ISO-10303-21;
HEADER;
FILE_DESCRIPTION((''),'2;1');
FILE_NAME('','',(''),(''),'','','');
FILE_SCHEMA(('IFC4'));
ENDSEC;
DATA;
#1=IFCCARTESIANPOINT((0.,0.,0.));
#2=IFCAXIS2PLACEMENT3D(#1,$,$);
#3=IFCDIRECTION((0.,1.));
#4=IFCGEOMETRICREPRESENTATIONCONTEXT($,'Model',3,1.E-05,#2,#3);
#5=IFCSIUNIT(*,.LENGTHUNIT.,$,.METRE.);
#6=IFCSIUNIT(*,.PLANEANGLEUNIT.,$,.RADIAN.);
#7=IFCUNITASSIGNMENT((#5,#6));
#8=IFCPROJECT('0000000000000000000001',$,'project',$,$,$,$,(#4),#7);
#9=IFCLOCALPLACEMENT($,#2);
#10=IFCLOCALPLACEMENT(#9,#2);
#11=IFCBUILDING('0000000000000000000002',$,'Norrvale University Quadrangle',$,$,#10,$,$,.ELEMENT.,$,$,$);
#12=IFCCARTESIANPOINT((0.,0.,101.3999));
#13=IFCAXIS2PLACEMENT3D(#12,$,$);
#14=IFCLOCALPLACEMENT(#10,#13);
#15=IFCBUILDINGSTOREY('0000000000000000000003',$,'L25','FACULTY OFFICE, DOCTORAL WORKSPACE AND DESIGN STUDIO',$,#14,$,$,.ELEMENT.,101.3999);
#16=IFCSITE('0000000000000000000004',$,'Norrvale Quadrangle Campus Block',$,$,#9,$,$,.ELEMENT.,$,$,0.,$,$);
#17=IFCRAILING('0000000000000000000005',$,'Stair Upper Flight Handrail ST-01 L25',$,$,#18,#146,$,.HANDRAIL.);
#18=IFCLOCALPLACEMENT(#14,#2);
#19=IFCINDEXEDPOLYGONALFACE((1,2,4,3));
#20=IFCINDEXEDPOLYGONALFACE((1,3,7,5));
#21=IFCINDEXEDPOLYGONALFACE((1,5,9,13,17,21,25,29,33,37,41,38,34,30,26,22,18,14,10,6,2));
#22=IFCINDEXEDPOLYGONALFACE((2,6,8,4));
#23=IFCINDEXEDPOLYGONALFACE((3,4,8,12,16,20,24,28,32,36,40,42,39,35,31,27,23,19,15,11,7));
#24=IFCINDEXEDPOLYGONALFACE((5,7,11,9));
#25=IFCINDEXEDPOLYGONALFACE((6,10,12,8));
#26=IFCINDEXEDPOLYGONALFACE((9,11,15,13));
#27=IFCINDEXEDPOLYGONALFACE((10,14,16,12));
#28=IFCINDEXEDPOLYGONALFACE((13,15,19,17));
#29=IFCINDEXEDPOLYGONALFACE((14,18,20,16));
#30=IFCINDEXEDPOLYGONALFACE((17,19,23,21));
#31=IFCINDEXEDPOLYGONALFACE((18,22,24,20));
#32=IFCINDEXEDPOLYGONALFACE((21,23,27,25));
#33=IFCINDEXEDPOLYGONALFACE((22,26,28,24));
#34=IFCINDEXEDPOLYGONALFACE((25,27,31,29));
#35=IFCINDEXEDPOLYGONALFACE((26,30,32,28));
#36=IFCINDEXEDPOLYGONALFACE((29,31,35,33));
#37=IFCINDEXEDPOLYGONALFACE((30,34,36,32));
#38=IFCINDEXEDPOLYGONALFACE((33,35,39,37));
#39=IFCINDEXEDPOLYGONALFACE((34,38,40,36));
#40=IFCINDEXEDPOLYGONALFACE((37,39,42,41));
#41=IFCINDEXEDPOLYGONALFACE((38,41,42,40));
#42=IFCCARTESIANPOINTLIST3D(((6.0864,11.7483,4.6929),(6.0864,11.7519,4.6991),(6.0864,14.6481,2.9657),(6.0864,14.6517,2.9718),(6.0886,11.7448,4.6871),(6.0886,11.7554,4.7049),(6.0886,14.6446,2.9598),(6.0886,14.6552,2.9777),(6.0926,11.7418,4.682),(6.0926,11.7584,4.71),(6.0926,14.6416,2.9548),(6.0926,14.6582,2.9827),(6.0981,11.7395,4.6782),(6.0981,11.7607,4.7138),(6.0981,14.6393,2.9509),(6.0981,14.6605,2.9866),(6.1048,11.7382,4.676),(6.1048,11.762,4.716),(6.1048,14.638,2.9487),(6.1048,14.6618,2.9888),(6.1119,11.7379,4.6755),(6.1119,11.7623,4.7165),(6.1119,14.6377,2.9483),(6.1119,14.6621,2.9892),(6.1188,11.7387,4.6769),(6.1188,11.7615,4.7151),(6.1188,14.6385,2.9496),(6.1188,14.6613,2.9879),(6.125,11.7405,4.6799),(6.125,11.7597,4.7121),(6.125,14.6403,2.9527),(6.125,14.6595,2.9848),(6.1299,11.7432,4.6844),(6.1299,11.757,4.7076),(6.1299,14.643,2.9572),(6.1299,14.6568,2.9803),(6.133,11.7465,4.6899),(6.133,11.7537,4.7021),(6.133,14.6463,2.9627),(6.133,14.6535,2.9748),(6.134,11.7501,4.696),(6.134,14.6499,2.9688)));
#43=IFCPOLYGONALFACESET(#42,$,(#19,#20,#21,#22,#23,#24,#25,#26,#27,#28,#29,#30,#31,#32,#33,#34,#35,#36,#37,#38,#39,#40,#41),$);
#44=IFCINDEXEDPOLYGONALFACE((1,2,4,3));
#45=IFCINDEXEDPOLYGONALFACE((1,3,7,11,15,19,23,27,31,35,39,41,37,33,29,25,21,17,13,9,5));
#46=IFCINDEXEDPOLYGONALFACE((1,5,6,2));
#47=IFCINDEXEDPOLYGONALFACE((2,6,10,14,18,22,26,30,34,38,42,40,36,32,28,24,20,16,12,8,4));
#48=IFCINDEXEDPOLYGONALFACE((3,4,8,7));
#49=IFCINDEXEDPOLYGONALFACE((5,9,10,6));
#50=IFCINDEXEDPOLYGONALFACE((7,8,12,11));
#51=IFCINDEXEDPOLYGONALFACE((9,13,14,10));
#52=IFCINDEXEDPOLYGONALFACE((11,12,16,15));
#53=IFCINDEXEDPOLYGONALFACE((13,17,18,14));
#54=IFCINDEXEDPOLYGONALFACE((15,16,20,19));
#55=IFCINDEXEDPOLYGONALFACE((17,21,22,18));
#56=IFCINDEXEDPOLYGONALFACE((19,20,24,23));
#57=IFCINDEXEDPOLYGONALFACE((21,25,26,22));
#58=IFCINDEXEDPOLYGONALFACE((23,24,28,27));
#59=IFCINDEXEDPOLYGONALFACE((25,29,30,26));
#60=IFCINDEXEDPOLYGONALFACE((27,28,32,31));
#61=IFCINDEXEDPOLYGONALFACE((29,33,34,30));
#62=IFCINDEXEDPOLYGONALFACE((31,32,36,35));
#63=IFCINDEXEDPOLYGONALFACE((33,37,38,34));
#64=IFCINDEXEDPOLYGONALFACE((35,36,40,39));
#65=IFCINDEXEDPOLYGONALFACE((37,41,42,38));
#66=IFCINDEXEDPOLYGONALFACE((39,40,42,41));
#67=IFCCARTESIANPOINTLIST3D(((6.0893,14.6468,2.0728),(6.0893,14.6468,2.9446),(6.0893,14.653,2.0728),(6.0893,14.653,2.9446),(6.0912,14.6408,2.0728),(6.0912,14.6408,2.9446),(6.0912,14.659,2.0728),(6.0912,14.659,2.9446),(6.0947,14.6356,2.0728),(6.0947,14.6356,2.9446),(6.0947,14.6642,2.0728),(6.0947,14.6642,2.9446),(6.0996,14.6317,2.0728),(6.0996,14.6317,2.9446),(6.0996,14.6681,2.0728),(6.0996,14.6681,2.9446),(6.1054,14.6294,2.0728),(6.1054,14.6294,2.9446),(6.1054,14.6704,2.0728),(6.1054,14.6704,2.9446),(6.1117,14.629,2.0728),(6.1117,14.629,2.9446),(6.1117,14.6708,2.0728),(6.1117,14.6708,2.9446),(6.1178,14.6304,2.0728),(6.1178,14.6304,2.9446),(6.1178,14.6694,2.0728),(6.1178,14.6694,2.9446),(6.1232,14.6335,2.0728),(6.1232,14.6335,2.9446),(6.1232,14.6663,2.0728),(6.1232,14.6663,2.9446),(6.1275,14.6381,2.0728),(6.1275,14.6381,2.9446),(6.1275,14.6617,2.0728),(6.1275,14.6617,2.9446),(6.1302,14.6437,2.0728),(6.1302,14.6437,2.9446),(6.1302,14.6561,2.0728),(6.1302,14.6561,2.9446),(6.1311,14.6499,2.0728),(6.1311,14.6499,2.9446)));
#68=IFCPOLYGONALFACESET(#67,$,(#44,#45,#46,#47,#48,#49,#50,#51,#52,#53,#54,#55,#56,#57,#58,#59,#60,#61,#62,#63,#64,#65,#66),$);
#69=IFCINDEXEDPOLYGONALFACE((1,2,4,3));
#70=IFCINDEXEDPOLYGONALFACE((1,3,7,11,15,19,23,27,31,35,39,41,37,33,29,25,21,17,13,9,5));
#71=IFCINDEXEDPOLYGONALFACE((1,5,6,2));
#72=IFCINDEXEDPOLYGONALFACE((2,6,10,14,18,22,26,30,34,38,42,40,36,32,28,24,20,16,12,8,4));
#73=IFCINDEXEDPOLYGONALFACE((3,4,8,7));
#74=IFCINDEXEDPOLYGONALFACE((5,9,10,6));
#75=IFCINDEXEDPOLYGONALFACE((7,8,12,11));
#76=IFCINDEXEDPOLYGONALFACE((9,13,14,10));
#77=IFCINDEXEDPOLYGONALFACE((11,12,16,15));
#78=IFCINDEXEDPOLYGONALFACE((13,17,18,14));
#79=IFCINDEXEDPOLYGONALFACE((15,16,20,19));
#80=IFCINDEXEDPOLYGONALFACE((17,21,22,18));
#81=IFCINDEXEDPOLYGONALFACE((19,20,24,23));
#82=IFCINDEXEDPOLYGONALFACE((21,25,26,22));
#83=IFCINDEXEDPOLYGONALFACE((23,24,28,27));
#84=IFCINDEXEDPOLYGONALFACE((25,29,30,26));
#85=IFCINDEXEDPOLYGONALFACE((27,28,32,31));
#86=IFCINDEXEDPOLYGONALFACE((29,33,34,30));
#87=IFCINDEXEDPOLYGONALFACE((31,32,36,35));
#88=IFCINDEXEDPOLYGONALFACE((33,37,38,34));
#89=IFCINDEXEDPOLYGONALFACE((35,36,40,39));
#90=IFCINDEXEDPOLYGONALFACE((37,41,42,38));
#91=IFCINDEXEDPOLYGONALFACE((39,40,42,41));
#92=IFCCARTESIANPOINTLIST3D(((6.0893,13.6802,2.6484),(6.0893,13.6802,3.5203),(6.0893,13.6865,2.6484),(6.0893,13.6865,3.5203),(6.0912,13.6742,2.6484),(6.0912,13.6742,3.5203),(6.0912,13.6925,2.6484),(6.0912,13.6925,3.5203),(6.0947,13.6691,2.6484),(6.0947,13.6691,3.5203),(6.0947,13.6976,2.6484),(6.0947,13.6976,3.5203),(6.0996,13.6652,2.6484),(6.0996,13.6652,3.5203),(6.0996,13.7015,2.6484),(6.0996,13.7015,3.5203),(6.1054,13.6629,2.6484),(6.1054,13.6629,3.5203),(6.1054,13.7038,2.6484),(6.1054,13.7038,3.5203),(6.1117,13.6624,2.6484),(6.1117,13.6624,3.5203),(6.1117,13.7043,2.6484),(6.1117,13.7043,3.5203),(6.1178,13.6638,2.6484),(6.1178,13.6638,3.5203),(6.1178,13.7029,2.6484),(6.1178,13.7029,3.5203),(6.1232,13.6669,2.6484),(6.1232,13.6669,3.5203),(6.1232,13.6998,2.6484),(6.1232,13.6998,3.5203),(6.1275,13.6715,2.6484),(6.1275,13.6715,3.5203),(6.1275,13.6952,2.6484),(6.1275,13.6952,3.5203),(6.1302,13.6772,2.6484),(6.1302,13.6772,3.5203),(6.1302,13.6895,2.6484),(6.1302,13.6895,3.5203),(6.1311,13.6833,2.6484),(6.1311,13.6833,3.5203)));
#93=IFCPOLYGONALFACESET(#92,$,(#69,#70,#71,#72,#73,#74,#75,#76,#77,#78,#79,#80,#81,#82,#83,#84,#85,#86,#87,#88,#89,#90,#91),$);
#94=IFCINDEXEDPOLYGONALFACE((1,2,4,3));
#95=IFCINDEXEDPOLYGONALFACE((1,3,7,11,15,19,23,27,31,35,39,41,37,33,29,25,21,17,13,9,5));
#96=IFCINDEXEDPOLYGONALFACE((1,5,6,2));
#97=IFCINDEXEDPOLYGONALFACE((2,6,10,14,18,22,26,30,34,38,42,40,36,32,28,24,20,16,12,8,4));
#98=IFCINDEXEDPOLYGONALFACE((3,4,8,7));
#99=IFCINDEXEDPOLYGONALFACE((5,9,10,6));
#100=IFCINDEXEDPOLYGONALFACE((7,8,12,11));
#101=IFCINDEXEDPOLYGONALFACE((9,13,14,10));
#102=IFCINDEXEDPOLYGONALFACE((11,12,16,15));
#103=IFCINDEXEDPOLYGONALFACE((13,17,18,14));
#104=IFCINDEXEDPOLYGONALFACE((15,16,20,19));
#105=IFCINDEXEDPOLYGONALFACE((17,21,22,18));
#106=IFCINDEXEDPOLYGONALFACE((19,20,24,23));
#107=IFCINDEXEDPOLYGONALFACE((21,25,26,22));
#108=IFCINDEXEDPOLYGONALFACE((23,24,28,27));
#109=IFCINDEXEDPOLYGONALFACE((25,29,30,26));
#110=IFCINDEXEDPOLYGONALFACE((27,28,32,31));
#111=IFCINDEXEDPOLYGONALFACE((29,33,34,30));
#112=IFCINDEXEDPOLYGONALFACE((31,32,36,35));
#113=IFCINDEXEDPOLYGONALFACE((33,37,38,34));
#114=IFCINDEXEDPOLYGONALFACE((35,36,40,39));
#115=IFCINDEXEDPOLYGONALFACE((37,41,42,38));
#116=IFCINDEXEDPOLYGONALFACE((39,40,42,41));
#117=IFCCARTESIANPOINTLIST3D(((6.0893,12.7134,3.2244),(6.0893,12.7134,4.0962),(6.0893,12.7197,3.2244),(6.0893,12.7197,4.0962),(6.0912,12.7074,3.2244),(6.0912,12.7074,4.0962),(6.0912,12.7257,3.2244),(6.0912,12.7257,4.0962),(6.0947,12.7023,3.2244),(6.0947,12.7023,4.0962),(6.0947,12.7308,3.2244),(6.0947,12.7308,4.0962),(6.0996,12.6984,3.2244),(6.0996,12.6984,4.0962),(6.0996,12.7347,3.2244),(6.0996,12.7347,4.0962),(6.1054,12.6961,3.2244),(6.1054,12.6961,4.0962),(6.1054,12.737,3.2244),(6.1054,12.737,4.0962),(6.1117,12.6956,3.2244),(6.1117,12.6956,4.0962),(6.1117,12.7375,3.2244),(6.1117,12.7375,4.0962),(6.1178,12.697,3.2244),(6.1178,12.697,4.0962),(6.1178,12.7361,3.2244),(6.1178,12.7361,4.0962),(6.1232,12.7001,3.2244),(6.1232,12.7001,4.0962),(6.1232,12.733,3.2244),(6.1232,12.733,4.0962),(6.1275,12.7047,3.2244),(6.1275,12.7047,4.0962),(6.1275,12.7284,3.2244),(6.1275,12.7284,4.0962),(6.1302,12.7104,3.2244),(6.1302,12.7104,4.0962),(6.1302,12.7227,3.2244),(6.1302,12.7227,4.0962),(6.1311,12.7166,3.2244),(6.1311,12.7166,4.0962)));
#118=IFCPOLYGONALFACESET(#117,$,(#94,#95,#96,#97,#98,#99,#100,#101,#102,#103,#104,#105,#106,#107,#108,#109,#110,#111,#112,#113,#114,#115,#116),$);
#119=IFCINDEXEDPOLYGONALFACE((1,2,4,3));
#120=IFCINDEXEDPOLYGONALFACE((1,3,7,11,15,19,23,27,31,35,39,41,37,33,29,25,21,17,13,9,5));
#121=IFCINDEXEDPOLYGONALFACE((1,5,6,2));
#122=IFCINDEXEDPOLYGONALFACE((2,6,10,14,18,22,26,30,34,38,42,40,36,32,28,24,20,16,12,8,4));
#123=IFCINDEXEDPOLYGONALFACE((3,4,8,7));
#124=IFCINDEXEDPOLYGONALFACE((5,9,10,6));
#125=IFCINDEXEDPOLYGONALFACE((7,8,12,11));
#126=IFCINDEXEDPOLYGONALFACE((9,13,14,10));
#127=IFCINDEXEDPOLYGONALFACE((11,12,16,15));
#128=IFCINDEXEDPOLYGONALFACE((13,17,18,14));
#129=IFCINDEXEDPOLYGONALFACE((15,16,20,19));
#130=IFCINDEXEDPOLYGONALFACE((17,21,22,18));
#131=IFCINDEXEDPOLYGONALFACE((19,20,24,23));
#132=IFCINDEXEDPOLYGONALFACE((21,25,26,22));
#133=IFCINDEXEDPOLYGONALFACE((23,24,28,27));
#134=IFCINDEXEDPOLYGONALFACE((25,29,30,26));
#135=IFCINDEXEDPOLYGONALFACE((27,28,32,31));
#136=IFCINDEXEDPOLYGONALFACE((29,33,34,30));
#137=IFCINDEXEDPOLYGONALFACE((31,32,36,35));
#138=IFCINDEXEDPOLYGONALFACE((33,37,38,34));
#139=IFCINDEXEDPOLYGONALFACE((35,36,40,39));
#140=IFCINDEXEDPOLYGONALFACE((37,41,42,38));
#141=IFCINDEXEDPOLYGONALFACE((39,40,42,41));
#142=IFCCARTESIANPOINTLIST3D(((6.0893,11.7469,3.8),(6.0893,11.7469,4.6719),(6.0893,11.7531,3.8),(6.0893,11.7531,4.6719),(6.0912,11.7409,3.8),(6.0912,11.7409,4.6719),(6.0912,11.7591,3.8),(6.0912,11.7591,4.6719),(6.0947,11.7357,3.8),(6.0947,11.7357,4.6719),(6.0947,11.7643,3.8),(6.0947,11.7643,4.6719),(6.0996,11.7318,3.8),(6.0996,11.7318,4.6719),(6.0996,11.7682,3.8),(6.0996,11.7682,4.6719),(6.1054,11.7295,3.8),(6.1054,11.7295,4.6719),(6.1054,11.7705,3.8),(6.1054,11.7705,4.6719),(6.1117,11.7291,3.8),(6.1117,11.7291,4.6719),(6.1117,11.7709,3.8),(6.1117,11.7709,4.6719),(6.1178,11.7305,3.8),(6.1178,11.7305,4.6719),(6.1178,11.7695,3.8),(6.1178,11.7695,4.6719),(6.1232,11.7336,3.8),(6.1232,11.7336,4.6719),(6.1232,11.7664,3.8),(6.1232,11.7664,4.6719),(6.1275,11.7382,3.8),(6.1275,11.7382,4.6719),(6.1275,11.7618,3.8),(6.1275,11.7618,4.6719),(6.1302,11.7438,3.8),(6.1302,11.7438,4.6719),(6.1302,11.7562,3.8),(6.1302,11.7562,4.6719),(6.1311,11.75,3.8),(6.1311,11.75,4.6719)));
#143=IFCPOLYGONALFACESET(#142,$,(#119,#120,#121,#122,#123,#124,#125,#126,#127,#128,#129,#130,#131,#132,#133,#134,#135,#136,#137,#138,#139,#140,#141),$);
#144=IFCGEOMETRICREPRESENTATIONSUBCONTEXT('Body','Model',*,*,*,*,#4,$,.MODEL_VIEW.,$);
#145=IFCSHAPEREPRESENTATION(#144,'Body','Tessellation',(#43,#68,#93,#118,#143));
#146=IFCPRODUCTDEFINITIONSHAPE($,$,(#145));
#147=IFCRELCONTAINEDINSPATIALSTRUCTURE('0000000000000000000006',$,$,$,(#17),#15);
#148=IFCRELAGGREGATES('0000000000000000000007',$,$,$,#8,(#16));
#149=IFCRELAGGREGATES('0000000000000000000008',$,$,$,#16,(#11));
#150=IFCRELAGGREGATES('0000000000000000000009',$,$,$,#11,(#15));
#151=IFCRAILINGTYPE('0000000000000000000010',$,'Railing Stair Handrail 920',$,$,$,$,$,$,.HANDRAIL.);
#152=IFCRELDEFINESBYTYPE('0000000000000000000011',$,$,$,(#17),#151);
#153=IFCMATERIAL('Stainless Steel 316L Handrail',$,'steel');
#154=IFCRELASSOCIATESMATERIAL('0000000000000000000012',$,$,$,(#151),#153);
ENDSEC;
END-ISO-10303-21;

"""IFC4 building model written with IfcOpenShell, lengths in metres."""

from ifc_helpers import new_model, si_unit, direction, frame, origin, origin_2d, place, context, subcontext, project, spatial, circle, extrude, material, type_object, element, save


model = new_model("IFC4")

# Units and contexts
model_context = context("Model", 3, precision=1e-05, world=origin(), true_north=direction((0.0, 1.0)))
body_context = subcontext(model_context, "Body", "Model", "MODEL_VIEW")
ifc_project = project(units=[si_unit("LENGTHUNIT", "METRE"), si_unit("PLANEANGLEUNIT", "RADIAN")], contexts=[model_context])

# Site, building, storey
site_placement = place(None, origin())
site = spatial("IfcSite", under=ifc_project, at=site_placement, Name="Norrvale Quadrangle Campus Block", CompositionType="ELEMENT", RefElevation=0.0)
building_placement = place(site_placement, origin())
building = spatial("IfcBuilding", under=site, at=building_placement, Name="Norrvale University Quadrangle", CompositionType="ELEMENT")
storey_placement = place(building_placement, frame((0.0, 0.0, 101.3999)))
storey = spatial("IfcBuildingStorey", under=building, at=storey_placement, Name="L25", Description="FACULTY OFFICE, DOCTORAL WORKSPACE AND DESIGN STUDIO", CompositionType="ELEMENT", Elevation=101.3999)

# Railing
ifc_material_1 = material(Name="Stainless Steel 316L Handrail", Category="steel")
railing_type_1 = type_object("IfcRailingType", Name="Railing Stair Handrail 920", PredefinedType="HANDRAIL", material=ifc_material_1)
railing_1_placement = place(storey_placement, frame((6.1101, 14.6499, 2.0728)))
element("IfcRailing", 1, at=railing_1_placement, inside=storey, type_object=railing_type_1, Name="Stair Upper Flight Handrail ST-01 L25", PredefinedType="HANDRAIL", context=body_context, shape_type="SweptSolid", body=[
    extrude(circle(Radius=0.0239, at=origin_2d()), frame((0.0, 0.0, 0.896), z_axis=(0.0, -0.859141, 0.511738), x_axis=(1.0, 0.0, 0.0)), (0.0, 0.0, 1.0), 3.3752),
    extrude(circle(Radius=0.021, at=origin_2d()), origin(), (0.0, 0.0, 1.0), 0.8718),
    extrude(circle(Radius=0.021, at=origin_2d()), frame((0.0, -0.9666, 0.5757)), (0.0, 0.0, 1.0), 0.8718),
    extrude(circle(Radius=0.021, at=origin_2d()), frame((0.0, -1.9333, 1.1516)), (0.0, 0.0, 1.0), 0.8718),
    extrude(circle(Radius=0.021, at=origin_2d()), frame((0.0, -2.8999, 1.7273)), (0.0, 0.0, 1.0), 0.8718),
])

save(model, "model.ifc")
